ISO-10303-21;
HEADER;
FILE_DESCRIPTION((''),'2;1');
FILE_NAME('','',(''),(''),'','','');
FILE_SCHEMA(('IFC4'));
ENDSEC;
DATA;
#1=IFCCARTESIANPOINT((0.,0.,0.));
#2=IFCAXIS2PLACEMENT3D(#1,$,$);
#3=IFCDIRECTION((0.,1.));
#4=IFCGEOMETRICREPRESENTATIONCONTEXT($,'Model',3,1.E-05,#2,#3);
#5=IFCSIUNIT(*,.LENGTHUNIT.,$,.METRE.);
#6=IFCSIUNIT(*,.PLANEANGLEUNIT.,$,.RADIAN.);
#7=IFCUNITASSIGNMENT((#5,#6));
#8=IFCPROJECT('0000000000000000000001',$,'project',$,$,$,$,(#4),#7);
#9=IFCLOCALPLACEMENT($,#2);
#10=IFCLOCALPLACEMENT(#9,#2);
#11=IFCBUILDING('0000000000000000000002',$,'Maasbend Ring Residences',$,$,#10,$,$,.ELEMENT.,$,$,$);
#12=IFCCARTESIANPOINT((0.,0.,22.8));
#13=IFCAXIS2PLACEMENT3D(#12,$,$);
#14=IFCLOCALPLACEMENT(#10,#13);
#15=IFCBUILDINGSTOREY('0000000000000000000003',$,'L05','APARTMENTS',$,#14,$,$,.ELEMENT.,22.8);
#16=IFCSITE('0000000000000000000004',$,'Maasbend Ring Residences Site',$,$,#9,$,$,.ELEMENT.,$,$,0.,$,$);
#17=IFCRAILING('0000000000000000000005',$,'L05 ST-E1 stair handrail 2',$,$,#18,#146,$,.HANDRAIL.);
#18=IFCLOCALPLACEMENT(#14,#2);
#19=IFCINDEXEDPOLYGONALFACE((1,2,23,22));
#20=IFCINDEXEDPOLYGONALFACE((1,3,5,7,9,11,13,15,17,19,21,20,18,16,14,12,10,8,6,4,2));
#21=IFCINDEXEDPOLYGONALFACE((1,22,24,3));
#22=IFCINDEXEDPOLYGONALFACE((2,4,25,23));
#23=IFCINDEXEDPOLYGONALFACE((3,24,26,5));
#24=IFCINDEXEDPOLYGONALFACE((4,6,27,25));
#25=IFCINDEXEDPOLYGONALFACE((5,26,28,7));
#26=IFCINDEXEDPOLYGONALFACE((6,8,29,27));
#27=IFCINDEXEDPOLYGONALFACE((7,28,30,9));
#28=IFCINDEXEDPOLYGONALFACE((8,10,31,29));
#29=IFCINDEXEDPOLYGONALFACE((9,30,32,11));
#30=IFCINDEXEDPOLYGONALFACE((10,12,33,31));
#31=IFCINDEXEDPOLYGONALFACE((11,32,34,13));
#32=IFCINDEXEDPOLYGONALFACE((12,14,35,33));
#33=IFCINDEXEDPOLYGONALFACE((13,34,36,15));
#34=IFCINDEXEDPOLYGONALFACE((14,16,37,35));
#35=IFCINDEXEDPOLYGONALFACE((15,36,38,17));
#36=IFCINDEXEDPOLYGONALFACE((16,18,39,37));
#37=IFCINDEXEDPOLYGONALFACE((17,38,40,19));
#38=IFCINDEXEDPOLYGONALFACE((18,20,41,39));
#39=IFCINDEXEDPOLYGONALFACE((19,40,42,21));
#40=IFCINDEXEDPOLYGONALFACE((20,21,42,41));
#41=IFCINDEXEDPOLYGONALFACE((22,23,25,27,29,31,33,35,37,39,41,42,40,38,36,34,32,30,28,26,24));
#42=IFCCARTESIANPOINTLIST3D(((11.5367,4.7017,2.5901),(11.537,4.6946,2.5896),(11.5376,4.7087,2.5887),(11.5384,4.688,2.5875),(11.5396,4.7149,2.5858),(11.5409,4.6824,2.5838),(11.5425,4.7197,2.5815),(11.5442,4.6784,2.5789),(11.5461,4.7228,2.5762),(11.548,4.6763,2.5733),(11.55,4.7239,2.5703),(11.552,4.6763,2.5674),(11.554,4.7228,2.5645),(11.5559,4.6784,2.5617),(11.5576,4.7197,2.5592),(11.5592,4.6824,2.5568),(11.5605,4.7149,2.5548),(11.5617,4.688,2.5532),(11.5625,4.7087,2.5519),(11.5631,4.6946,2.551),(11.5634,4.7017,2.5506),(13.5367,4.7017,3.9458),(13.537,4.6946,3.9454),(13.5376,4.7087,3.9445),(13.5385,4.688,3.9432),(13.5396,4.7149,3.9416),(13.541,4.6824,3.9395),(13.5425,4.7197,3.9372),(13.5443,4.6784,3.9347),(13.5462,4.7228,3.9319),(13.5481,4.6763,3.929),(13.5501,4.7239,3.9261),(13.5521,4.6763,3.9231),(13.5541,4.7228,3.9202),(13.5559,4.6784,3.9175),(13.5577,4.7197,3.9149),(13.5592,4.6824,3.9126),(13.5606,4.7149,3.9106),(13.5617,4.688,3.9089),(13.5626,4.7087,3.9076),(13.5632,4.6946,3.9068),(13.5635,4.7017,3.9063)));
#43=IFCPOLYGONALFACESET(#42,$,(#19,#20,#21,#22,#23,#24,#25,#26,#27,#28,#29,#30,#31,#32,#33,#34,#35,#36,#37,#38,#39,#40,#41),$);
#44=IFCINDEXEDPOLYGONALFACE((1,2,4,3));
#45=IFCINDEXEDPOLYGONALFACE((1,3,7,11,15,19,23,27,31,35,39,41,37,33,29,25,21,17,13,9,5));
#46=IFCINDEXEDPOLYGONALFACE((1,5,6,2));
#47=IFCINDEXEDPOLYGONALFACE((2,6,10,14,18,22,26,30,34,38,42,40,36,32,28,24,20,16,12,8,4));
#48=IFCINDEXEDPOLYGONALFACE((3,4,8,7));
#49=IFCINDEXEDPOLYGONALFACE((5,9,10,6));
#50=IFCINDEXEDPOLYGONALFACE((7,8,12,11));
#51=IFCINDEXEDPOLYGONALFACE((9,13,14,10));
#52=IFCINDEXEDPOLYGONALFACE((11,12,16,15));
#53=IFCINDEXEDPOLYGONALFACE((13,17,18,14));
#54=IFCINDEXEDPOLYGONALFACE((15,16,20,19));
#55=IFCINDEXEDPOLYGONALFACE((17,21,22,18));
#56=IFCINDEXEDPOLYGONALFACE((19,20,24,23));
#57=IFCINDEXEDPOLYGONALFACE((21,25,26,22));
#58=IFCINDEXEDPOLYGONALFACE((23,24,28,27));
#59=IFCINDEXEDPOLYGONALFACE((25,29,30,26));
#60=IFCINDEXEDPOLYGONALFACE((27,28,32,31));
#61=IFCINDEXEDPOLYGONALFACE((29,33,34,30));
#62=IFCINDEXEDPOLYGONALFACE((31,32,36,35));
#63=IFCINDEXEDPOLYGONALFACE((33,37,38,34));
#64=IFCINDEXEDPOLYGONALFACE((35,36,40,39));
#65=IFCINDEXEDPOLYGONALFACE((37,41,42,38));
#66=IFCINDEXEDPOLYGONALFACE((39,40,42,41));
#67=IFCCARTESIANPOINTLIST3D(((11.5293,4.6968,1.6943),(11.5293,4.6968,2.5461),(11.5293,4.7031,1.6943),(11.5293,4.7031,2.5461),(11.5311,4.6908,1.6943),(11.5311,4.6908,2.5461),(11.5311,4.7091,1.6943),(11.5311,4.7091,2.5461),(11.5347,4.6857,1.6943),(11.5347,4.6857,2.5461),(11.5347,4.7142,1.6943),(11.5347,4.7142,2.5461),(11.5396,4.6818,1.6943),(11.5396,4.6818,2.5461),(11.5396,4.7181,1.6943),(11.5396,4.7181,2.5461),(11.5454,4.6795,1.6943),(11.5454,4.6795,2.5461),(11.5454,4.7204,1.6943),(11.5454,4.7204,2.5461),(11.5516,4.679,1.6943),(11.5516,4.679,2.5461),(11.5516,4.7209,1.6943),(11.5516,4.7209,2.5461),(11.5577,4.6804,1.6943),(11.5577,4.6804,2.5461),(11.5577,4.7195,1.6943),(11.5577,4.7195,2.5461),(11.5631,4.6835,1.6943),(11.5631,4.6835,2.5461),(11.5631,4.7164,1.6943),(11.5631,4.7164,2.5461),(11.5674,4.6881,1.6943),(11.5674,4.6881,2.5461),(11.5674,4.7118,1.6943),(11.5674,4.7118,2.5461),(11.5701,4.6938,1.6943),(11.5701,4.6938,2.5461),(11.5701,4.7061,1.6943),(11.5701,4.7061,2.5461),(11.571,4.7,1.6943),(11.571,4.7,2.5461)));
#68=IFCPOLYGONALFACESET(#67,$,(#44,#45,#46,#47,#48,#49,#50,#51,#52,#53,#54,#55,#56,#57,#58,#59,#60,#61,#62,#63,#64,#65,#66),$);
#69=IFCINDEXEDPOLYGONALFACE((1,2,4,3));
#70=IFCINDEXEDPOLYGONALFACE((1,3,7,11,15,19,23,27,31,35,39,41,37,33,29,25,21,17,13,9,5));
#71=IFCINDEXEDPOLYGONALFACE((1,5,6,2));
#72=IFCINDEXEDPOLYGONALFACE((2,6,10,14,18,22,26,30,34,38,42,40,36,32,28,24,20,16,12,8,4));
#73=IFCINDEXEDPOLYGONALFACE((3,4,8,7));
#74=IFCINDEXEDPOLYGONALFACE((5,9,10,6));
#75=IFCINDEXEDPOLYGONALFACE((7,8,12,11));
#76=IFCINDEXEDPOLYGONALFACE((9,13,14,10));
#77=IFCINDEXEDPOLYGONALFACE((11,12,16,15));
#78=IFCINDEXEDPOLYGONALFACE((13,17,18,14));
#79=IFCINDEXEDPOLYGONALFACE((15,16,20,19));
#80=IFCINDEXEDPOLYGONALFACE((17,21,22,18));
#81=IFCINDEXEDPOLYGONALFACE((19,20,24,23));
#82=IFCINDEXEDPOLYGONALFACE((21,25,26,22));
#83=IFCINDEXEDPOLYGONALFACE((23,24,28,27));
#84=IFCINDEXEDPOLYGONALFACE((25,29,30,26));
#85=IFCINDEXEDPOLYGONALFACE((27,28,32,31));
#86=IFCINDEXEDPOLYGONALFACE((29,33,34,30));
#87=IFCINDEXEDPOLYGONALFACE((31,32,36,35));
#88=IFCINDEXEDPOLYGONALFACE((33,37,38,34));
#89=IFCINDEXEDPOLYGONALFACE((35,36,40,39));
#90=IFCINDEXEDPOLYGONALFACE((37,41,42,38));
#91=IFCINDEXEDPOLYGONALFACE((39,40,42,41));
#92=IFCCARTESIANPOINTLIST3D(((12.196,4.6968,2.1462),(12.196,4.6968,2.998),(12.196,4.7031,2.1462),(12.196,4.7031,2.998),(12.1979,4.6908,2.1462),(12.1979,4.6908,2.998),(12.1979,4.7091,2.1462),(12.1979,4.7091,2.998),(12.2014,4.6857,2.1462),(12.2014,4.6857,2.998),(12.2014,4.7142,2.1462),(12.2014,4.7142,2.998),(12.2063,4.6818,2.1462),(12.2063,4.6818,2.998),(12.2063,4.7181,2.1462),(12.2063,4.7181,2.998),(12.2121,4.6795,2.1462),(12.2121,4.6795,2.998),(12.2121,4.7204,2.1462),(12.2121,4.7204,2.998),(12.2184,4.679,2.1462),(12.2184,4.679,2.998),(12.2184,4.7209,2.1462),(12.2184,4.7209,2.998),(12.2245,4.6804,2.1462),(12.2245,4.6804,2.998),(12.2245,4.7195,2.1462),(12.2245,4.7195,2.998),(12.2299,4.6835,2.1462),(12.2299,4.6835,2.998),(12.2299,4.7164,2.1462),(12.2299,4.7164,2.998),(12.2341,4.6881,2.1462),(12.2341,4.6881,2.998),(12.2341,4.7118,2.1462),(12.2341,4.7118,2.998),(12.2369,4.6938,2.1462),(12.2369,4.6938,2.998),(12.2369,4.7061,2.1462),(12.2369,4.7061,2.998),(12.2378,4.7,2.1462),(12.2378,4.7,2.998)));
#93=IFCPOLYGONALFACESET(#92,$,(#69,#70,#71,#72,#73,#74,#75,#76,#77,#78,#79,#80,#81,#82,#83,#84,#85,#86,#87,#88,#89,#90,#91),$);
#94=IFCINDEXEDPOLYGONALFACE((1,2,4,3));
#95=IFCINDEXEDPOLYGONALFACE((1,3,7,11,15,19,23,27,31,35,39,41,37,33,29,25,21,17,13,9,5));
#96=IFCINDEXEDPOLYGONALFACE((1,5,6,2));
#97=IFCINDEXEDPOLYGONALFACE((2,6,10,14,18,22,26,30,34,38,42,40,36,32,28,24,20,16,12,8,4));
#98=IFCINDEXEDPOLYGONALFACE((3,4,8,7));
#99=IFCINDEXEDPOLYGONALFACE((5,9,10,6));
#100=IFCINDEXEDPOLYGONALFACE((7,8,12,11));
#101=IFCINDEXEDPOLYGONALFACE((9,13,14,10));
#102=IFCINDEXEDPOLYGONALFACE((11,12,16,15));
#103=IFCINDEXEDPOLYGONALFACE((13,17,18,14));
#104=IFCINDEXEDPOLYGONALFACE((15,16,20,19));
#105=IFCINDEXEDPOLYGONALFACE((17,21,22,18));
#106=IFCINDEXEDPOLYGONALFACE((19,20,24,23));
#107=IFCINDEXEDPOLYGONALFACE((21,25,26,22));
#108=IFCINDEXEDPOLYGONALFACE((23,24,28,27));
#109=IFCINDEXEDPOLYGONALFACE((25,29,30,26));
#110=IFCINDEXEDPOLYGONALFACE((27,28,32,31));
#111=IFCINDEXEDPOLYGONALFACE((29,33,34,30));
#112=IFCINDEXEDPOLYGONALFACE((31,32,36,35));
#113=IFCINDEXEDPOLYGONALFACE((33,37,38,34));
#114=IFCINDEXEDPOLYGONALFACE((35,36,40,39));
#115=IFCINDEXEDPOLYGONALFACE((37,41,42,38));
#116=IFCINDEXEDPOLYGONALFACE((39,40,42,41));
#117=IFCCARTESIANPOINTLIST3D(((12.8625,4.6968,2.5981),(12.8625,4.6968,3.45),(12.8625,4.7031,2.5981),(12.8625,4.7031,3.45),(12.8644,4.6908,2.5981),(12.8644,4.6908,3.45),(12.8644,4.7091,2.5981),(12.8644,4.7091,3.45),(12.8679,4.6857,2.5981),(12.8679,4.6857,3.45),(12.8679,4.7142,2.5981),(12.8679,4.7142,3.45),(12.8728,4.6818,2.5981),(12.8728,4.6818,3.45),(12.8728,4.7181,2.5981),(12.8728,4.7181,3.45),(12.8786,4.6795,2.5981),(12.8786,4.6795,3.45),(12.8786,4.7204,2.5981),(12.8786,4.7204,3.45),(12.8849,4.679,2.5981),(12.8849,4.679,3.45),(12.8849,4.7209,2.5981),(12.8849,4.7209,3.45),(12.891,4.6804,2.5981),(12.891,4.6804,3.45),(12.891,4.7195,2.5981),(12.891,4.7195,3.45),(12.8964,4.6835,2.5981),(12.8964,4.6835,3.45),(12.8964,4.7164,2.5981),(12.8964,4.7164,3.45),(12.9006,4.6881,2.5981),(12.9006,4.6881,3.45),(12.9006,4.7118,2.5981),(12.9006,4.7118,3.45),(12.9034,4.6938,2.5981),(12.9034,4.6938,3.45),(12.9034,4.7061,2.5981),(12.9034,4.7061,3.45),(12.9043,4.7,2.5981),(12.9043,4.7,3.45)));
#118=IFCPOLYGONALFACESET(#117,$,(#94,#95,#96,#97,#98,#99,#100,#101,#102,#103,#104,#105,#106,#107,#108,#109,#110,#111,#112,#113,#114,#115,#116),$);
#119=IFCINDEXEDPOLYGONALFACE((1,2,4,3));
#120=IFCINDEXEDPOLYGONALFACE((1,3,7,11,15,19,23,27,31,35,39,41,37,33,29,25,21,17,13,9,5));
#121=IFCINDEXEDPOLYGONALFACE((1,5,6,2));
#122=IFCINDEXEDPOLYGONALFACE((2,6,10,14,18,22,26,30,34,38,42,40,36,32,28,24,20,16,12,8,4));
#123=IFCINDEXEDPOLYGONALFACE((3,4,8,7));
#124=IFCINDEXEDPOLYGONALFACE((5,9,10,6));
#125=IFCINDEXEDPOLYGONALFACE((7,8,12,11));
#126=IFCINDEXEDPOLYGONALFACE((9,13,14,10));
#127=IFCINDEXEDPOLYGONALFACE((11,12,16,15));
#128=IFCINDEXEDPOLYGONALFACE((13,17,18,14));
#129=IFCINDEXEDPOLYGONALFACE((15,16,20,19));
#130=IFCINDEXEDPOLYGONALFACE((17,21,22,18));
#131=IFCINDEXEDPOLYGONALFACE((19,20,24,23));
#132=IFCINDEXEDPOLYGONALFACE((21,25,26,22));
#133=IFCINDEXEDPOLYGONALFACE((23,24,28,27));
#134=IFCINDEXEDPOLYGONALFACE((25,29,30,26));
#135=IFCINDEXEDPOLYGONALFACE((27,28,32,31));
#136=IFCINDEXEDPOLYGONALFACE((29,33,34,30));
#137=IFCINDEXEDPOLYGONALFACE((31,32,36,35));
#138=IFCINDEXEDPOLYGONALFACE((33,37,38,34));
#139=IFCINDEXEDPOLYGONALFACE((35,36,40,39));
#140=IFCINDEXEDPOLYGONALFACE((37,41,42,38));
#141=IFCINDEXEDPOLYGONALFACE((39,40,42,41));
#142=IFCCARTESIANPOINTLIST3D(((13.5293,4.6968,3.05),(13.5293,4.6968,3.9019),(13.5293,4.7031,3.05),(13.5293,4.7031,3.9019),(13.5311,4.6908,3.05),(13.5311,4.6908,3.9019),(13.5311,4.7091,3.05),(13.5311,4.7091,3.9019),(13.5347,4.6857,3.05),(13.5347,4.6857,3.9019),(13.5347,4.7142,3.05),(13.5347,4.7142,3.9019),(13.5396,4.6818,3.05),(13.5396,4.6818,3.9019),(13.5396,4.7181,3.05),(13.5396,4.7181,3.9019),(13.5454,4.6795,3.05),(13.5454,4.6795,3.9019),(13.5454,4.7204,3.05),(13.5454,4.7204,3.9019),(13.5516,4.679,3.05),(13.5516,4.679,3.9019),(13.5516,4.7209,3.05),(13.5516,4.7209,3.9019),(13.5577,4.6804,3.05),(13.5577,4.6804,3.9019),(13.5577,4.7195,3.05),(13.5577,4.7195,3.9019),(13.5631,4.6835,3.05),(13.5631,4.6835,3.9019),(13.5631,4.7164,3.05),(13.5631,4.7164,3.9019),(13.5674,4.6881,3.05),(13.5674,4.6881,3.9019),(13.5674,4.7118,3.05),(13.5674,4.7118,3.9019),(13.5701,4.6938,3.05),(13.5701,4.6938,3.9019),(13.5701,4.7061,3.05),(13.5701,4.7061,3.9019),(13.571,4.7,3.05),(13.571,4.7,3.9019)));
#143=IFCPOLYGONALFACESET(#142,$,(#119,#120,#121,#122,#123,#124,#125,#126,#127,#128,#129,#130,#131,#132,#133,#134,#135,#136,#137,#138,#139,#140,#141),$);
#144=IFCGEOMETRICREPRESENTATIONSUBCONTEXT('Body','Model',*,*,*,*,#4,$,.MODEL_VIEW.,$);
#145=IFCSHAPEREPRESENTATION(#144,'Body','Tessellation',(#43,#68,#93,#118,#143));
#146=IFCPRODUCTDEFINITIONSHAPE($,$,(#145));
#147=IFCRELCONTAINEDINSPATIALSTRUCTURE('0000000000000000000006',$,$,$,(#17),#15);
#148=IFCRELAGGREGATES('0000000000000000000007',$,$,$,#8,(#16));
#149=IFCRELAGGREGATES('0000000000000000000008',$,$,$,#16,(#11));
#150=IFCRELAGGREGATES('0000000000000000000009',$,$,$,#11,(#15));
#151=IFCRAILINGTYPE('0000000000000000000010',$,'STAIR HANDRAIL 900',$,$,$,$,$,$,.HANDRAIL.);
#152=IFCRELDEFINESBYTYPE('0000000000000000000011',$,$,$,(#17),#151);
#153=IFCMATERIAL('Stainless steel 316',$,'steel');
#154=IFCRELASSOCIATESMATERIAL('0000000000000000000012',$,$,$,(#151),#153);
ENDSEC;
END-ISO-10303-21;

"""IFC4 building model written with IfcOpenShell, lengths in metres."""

from ifc_helpers import new_model, si_unit, direction, frame, origin, origin_2d, place, context, subcontext, project, spatial, circle, extrude, material, type_object, element, save


model = new_model("IFC4")

# Units and contexts
model_context = context("Model", 3, precision=1e-05, world=origin(), true_north=direction((0.0, 1.0)))
body_context = subcontext(model_context, "Body", "Model", "MODEL_VIEW")
ifc_project = project(units=[si_unit("LENGTHUNIT", "METRE"), si_unit("PLANEANGLEUNIT", "RADIAN")], contexts=[model_context])

# Site, building, storey
site_placement = place(None, origin())
site = spatial("IfcSite", under=ifc_project, at=site_placement, Name="Maasbend Ring Residences Site", CompositionType="ELEMENT", RefElevation=0.0)
building_placement = place(site_placement, origin())
building = spatial("IfcBuilding", under=site, at=building_placement, Name="Maasbend Ring Residences", CompositionType="ELEMENT")
storey_placement = place(building_placement, frame((0.0, 0.0, 22.8)))
storey = spatial("IfcBuildingStorey", under=building, at=storey_placement, Name="L05", Description="APARTMENTS", CompositionType="ELEMENT", Elevation=22.8)

# Railing
ifc_material_1 = material(Name="Stainless steel 316", Category="steel")
railing_type_1 = type_object("IfcRailingType", Name="STAIR HANDRAIL 900", PredefinedType="HANDRAIL", material=ifc_material_1)
railing_1_placement = place(storey_placement, frame((11.55, 4.7, 1.6943)))
element("IfcRailing", 1, at=railing_1_placement, inside=storey, type_object=railing_type_1, Name="L05 ST-E1 stair handrail 2", PredefinedType="HANDRAIL", context=body_context, shape_type="SweptSolid", body=[
    extrude(circle(Radius=0.0239, at=origin_2d()), frame((0.0, 0.0, 0.876), z_axis=(0.827751, 0.0, 0.561096), x_axis=(0.0, 1.0, 0.0)), (0.0, 0.0, 1.0), 2.4163),
    extrude(circle(Radius=0.021, at=origin_2d()), origin(), (0.0, 0.0, 1.0), 0.8518),
    extrude(circle(Radius=0.021, at=origin_2d()), frame((0.6667, 0.0, 0.4519)), (0.0, 0.0, 1.0), 0.8518),
    extrude(circle(Radius=0.021, at=origin_2d()), frame((1.3333, 0.0, 0.9038)), (0.0, 0.0, 1.0), 0.8518),
    extrude(circle(Radius=0.021, at=origin_2d()), frame((2.0, 0.0, 1.3557)), (0.0, 0.0, 1.0), 0.8518),
])

save(model, "model.ifc")
